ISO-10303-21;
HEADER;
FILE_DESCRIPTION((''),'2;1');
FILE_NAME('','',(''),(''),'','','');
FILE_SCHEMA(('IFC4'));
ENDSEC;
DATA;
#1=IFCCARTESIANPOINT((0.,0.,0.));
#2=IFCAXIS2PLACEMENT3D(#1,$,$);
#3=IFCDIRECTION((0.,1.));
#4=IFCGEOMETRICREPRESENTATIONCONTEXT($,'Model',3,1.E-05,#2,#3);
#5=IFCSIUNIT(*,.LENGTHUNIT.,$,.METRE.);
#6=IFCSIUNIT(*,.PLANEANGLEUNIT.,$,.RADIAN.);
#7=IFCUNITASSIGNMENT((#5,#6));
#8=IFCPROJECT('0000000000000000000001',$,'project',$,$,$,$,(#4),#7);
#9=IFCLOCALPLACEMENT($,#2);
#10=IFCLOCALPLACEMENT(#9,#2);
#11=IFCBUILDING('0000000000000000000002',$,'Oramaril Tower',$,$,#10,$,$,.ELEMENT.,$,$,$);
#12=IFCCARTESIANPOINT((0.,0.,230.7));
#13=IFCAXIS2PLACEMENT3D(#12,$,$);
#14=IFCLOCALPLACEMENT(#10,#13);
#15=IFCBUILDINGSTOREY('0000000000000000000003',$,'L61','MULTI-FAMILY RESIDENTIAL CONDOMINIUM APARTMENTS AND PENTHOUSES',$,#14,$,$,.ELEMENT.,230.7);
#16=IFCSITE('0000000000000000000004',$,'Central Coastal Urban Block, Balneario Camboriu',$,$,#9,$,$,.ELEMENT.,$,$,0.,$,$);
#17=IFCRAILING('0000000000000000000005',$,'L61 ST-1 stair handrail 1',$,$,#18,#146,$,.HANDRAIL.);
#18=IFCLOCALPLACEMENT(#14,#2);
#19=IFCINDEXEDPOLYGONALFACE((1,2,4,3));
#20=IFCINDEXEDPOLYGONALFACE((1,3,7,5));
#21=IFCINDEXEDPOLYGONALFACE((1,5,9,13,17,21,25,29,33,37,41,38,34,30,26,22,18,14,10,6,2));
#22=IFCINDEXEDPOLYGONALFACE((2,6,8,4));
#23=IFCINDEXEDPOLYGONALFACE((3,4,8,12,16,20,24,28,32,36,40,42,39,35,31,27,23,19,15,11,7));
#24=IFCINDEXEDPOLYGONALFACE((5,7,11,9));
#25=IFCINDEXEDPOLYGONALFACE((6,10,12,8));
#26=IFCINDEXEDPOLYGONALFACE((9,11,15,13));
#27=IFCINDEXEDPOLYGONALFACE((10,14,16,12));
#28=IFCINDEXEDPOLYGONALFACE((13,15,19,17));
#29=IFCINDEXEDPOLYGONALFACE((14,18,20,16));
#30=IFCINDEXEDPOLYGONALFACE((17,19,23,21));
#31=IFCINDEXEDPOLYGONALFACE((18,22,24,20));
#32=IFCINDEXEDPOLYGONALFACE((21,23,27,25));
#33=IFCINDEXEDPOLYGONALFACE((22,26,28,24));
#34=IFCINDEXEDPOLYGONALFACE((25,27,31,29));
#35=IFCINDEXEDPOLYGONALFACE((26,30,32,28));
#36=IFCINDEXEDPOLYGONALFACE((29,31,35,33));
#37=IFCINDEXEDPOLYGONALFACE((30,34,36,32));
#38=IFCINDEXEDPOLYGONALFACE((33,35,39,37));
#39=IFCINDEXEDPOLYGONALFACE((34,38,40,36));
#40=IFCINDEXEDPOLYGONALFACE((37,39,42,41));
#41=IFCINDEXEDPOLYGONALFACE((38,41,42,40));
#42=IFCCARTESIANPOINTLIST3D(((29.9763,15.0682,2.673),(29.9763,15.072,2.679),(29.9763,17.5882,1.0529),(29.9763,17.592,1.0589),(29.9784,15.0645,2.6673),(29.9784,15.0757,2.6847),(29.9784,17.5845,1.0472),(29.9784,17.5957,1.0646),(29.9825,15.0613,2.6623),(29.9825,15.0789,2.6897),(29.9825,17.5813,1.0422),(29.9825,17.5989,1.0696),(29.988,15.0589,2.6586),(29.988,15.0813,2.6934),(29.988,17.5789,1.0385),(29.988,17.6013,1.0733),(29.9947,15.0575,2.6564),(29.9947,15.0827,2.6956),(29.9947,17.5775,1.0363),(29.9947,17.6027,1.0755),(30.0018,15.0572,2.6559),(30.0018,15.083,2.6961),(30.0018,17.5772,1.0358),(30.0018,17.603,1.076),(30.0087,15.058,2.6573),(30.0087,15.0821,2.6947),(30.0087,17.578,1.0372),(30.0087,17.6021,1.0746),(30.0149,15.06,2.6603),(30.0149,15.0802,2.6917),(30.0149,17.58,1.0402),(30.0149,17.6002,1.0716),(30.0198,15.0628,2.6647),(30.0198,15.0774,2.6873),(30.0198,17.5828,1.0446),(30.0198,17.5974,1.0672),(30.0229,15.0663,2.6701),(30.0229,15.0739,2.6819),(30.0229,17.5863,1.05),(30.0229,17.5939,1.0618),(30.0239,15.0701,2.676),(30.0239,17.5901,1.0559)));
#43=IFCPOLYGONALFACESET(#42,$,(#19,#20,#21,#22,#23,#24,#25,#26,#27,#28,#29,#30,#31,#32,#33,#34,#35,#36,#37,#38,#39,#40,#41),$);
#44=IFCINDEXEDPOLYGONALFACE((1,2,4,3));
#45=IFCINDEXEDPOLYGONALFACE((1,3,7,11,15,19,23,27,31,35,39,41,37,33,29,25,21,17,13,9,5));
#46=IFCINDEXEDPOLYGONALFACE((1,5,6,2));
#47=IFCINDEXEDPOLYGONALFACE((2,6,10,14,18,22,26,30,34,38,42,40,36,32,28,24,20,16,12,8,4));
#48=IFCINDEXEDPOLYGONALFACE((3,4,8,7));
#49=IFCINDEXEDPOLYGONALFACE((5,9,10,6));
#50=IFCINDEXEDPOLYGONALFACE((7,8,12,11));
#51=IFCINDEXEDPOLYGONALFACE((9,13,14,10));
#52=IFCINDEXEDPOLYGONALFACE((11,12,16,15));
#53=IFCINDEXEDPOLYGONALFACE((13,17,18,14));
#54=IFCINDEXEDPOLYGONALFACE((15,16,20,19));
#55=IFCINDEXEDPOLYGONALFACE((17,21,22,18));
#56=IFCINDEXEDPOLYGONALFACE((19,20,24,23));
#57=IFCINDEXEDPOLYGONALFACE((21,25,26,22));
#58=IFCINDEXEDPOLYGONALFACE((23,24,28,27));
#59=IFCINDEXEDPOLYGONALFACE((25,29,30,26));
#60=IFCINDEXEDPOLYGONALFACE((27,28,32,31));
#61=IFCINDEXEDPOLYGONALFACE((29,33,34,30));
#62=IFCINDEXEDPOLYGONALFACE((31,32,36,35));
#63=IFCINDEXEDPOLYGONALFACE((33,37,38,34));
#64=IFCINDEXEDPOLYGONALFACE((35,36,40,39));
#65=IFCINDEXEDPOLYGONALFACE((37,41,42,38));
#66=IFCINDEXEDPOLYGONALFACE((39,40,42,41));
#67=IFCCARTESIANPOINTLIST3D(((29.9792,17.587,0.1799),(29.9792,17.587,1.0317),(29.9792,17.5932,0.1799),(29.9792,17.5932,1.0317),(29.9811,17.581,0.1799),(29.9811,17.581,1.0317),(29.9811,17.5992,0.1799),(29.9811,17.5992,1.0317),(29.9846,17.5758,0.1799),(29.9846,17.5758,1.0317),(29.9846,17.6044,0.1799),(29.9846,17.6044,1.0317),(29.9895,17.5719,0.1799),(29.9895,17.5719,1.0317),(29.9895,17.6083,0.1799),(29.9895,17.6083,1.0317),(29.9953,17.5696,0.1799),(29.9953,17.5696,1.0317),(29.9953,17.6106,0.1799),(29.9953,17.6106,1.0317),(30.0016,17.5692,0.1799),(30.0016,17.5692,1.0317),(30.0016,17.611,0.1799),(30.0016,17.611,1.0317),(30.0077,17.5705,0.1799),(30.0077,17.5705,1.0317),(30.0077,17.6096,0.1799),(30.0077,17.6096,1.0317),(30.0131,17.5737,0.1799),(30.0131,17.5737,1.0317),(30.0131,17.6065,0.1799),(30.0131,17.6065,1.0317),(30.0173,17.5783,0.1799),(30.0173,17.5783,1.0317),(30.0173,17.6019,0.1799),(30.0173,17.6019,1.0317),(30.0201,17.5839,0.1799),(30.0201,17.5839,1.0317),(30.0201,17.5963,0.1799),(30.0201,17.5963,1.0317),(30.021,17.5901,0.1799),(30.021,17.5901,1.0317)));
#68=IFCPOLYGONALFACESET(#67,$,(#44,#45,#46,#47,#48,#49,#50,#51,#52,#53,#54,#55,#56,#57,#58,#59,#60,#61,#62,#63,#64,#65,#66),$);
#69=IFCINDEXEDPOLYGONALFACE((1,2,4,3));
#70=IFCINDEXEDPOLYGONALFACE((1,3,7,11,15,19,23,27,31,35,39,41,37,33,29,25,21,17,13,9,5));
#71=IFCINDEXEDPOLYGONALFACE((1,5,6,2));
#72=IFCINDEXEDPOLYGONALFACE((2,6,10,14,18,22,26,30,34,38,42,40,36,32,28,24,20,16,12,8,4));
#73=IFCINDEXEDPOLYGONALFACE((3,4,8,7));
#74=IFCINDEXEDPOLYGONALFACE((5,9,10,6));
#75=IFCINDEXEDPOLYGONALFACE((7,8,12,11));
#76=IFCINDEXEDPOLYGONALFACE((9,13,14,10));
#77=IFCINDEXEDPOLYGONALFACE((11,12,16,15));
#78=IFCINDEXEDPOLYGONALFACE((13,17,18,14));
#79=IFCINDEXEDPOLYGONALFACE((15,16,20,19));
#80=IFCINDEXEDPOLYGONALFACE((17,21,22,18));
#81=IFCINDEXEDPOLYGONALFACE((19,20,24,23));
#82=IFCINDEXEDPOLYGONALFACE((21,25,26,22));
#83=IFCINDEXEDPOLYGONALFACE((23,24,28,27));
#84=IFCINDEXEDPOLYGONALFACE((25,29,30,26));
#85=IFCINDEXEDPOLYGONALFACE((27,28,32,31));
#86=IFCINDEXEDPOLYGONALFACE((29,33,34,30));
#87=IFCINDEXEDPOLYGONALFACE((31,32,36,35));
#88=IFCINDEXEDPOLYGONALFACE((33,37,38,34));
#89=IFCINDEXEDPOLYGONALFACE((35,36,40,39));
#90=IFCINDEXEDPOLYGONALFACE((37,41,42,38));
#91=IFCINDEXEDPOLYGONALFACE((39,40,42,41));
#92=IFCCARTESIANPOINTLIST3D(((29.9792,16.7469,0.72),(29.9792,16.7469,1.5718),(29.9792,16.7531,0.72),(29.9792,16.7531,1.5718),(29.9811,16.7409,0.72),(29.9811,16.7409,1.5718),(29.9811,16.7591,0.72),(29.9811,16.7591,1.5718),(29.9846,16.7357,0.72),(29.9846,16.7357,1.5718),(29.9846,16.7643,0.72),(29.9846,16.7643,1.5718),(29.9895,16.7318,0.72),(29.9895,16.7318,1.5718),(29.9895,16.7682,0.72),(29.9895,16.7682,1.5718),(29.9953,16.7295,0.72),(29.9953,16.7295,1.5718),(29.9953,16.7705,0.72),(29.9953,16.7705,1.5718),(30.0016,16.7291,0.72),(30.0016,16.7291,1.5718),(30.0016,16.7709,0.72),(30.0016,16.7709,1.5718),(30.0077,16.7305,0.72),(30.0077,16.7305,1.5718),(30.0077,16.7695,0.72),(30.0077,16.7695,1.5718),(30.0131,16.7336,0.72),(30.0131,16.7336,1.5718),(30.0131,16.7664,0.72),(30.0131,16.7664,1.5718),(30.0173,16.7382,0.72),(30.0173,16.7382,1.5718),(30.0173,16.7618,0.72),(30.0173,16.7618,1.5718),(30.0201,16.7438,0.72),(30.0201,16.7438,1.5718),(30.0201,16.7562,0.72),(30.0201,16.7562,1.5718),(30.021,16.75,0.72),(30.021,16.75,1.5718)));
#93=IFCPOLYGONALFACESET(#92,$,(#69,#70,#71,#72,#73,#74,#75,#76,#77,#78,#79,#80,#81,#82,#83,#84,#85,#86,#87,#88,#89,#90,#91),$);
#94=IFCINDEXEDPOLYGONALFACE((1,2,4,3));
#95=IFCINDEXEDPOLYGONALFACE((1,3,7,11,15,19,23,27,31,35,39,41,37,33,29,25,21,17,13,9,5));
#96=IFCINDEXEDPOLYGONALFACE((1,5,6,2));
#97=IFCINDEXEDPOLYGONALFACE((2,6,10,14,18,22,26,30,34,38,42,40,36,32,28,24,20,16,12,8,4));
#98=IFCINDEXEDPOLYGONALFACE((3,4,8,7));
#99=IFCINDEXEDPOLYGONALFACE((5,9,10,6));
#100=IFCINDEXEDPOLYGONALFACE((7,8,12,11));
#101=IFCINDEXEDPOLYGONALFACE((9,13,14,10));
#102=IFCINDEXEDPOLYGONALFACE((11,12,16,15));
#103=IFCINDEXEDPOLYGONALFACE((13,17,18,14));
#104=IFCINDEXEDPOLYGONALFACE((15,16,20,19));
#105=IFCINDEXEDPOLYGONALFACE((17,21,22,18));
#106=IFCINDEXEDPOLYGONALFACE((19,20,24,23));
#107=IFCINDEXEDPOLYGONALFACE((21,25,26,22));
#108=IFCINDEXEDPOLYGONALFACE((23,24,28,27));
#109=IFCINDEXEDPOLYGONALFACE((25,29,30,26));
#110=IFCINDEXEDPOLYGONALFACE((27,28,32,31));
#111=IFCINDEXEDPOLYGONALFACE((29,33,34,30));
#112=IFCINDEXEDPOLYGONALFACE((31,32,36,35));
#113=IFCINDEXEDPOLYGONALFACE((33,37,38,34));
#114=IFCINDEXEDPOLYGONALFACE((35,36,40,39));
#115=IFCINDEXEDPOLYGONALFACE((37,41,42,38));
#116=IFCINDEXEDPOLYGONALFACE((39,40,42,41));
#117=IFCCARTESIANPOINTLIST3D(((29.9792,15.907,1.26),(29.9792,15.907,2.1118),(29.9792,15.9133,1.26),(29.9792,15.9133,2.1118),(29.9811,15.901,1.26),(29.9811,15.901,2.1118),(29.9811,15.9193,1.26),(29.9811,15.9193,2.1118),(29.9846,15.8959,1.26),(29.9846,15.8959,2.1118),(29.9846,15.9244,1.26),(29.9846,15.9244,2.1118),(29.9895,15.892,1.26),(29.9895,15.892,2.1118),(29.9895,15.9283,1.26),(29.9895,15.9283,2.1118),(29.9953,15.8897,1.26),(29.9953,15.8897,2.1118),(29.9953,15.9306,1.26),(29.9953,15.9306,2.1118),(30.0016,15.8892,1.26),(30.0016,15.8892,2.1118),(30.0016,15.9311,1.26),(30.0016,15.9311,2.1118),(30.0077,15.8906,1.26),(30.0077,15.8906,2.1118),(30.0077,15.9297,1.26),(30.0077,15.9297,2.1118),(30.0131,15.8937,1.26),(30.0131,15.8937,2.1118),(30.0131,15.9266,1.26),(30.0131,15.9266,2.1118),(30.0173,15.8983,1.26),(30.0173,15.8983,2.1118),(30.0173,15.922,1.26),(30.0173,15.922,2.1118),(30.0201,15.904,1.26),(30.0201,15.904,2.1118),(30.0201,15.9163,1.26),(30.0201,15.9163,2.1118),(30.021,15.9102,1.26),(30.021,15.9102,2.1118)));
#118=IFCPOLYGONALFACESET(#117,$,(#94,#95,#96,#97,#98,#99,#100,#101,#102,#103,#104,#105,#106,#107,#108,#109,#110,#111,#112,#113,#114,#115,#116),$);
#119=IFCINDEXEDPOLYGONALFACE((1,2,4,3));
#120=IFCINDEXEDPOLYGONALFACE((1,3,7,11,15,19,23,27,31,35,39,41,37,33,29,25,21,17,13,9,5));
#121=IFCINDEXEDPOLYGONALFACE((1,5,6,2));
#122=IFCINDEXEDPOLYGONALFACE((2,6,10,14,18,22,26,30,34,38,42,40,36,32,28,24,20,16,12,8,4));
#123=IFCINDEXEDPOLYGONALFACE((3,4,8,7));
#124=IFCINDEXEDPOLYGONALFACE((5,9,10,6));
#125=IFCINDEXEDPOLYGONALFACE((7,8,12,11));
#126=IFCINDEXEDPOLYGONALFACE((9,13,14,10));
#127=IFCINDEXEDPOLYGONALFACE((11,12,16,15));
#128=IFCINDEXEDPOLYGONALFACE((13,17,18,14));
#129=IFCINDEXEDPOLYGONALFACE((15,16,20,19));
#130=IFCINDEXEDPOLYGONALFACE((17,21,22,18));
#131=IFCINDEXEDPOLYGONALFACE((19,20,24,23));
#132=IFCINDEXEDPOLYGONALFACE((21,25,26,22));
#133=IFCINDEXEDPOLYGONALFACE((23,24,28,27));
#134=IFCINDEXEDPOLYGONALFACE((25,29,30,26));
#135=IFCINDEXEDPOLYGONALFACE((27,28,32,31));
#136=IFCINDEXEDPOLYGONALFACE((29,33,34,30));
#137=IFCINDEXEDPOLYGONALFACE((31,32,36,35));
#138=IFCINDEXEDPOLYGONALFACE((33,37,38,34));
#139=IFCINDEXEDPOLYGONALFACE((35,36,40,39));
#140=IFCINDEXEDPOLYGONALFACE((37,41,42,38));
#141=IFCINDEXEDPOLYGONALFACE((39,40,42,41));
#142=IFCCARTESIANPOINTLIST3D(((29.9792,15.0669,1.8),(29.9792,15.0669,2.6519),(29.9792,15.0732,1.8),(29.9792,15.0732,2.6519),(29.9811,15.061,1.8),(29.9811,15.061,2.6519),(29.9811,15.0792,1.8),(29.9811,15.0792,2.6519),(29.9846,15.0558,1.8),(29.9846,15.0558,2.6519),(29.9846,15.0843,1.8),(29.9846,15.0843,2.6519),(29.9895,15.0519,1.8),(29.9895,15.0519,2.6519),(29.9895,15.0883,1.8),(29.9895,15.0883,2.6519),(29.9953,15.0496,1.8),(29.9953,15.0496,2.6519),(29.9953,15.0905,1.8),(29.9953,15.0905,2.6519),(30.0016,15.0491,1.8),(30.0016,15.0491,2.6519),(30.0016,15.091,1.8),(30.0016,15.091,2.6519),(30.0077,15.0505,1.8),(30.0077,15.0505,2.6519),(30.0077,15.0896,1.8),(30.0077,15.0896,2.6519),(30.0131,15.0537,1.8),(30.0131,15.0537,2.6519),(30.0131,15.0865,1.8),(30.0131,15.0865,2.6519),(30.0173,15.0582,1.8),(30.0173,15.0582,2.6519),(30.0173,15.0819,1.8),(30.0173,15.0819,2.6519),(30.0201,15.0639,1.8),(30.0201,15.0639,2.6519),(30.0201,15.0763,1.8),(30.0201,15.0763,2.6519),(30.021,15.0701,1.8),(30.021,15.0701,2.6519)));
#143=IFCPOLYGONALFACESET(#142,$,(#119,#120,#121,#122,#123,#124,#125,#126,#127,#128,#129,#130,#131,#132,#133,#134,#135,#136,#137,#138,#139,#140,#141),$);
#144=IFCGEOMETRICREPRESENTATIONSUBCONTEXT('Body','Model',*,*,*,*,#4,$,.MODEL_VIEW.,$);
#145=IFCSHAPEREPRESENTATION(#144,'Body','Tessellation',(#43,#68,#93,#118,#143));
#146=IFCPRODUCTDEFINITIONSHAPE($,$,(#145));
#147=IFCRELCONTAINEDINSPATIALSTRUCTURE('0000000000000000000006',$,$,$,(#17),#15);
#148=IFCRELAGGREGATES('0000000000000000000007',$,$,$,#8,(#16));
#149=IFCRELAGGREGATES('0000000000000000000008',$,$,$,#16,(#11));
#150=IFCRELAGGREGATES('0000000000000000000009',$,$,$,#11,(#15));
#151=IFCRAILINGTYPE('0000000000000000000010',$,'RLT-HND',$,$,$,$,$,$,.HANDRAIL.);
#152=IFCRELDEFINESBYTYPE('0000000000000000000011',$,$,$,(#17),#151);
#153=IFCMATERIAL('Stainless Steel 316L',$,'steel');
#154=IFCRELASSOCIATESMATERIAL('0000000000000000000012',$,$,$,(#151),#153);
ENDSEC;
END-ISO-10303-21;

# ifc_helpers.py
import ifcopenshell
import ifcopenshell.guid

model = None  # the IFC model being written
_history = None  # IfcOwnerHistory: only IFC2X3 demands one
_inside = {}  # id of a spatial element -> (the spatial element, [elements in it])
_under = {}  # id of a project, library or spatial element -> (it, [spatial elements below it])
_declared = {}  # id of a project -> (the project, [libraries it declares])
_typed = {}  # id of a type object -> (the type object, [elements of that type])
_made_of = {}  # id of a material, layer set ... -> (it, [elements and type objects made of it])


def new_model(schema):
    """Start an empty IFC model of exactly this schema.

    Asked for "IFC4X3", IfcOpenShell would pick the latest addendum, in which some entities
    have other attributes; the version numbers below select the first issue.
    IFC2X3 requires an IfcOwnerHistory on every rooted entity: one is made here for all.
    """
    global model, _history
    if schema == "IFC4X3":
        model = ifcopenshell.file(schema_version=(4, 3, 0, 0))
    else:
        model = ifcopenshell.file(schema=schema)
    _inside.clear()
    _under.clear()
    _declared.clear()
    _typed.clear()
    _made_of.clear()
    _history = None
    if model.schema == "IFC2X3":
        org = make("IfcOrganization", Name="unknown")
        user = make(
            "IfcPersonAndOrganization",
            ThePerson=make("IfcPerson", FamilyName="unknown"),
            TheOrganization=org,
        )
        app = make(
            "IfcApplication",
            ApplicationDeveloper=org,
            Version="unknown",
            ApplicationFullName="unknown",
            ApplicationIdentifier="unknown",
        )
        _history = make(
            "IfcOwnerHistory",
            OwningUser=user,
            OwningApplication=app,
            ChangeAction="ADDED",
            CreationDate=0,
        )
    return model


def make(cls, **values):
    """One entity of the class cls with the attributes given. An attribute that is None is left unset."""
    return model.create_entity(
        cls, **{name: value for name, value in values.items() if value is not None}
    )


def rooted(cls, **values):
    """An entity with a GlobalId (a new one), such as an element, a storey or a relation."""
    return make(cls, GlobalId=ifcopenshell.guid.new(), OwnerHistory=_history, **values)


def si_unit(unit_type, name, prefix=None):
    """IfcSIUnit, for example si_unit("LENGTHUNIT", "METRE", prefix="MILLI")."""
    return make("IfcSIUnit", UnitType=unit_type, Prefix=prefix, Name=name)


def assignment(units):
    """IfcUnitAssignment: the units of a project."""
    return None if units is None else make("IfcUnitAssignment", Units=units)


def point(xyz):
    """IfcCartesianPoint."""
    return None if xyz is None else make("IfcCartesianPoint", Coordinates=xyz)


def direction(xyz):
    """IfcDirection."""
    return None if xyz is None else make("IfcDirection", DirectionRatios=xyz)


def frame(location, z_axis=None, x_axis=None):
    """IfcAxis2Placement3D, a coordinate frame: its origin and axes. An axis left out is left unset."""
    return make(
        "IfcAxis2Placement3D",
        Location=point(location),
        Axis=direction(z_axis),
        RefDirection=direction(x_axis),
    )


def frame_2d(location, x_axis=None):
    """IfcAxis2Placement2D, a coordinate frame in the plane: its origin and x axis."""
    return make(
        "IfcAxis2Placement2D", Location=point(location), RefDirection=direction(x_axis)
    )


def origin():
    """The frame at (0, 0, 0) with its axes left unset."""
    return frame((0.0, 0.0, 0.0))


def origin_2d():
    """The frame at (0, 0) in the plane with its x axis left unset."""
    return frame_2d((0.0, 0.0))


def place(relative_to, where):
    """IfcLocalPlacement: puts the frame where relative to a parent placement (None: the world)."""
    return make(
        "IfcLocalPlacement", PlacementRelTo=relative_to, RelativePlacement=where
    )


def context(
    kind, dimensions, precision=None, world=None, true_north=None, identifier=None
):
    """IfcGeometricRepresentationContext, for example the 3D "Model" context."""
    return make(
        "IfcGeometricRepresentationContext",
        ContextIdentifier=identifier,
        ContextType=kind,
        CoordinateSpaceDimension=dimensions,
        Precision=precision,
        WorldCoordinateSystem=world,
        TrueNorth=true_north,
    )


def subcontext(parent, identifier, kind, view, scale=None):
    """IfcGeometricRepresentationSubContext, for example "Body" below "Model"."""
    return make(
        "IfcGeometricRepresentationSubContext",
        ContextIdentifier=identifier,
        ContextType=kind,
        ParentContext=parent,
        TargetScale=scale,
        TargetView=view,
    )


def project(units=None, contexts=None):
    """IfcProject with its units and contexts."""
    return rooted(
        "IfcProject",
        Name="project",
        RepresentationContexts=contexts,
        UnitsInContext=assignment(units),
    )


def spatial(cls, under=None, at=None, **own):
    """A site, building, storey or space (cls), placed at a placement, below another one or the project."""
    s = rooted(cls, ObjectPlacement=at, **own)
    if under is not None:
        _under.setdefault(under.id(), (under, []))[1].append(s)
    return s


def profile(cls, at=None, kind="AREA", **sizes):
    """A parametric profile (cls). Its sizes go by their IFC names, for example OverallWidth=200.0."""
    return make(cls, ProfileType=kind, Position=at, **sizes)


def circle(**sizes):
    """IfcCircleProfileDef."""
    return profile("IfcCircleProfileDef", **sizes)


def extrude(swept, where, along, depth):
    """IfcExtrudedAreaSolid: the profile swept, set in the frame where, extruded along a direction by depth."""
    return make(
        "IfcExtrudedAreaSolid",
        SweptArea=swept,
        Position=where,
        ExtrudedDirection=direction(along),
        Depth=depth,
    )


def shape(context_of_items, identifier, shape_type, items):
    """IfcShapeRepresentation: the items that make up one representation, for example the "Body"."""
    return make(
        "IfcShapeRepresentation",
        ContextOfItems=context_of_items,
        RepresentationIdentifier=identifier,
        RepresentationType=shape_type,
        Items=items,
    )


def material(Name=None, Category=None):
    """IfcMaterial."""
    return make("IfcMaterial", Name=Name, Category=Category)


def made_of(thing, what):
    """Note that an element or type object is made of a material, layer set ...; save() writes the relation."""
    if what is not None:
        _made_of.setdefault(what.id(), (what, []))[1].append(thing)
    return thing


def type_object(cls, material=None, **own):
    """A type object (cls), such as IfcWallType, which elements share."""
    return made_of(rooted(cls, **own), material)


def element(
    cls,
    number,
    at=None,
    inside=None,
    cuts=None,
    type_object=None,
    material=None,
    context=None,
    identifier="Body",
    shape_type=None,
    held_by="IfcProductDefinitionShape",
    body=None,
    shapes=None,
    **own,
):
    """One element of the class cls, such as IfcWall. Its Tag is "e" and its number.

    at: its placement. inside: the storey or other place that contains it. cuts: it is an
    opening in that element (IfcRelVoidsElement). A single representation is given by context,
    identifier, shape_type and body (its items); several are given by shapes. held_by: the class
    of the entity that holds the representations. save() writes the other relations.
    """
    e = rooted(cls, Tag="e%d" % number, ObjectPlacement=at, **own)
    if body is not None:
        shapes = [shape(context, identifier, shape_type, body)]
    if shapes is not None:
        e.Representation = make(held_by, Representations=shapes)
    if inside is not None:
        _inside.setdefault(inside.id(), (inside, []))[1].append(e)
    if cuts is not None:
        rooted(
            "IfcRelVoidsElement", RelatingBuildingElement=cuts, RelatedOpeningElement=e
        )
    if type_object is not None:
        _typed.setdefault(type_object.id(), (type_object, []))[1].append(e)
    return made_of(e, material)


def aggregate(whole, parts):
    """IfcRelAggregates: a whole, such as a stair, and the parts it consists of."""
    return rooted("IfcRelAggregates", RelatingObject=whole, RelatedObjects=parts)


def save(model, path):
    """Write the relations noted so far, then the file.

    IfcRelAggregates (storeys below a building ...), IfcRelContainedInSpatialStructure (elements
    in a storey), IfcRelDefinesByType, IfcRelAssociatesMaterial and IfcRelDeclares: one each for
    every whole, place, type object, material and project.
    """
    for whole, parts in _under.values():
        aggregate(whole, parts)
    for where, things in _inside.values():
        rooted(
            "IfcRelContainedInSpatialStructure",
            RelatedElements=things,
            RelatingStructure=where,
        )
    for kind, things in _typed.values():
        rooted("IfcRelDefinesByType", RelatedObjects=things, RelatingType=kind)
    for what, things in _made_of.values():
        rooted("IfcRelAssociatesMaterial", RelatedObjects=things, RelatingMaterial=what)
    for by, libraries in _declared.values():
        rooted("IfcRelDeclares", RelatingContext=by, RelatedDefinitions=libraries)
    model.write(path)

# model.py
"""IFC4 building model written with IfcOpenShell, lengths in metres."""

from ifc_helpers import new_model, si_unit, direction, frame, origin, origin_2d, place, context, subcontext, project, spatial, circle, extrude, material, type_object, element, save


model = new_model("IFC4")

# Units and contexts
model_context = context("Model", 3, precision=1e-05, world=origin(), true_north=direction((0.0, 1.0)))
body_context = subcontext(model_context, "Body", "Model", "MODEL_VIEW")
ifc_project = project(units=[si_unit("LENGTHUNIT", "METRE"), si_unit("PLANEANGLEUNIT", "RADIAN")], contexts=[model_context])

# Site, building, storey
site_placement = place(None, origin())
site = spatial("IfcSite", under=ifc_project, at=site_placement, Name="Central Coastal Urban Block, Balneario Camboriu", CompositionType="ELEMENT", RefElevation=0.0)
building_placement = place(site_placement, origin())
building = spatial("IfcBuilding", under=site, at=building_placement, Name="Oramaril Tower", CompositionType="ELEMENT")
storey_placement = place(building_placement, frame((0.0, 0.0, 230.7)))
storey = spatial("IfcBuildingStorey", under=building, at=storey_placement, Name="L61", Description="MULTI-FAMILY RESIDENTIAL CONDOMINIUM APARTMENTS AND PENTHOUSES", CompositionType="ELEMENT", Elevation=230.7)

# Railing
ifc_material_1 = material(Name="Stainless Steel 316L", Category="steel")
railing_type_1 = type_object("IfcRailingType", Name="RLT-HND", PredefinedType="HANDRAIL", material=ifc_material_1)
railing_1_placement = place(storey_placement, frame((30.0, 17.5901, 0.1799)))
element("IfcRailing", 1, at=railing_1_placement, inside=storey, type_object=railing_type_1, Name="L61 ST-1 stair handrail 1", PredefinedType="HANDRAIL", context=body_context, shape_type="SweptSolid", body=[
    extrude(circle(Radius=0.0239, at=origin_2d()), frame((0.0, 0.0, 0.876), z_axis=(0.0, -0.841163, 0.540782), x_axis=(1.0, 0.0, 0.0)), (0.0, 0.0, 1.0), 2.9958),
    extrude(circle(Radius=0.021, at=origin_2d()), origin(), (0.0, 0.0, 1.0), 0.8518),
    extrude(circle(Radius=0.021, at=origin_2d()), frame((0.0, -0.8401, 0.54)), (0.0, 0.0, 1.0), 0.8518),
    extrude(circle(Radius=0.021, at=origin_2d()), frame((0.0, -1.6799, 1.0801)), (0.0, 0.0, 1.0), 0.8518),
    extrude(circle(Radius=0.021, at=origin_2d()), frame((0.0, -2.52, 1.6201)), (0.0, 0.0, 1.0), 0.8518),
])

save(model, "model.ifc")
